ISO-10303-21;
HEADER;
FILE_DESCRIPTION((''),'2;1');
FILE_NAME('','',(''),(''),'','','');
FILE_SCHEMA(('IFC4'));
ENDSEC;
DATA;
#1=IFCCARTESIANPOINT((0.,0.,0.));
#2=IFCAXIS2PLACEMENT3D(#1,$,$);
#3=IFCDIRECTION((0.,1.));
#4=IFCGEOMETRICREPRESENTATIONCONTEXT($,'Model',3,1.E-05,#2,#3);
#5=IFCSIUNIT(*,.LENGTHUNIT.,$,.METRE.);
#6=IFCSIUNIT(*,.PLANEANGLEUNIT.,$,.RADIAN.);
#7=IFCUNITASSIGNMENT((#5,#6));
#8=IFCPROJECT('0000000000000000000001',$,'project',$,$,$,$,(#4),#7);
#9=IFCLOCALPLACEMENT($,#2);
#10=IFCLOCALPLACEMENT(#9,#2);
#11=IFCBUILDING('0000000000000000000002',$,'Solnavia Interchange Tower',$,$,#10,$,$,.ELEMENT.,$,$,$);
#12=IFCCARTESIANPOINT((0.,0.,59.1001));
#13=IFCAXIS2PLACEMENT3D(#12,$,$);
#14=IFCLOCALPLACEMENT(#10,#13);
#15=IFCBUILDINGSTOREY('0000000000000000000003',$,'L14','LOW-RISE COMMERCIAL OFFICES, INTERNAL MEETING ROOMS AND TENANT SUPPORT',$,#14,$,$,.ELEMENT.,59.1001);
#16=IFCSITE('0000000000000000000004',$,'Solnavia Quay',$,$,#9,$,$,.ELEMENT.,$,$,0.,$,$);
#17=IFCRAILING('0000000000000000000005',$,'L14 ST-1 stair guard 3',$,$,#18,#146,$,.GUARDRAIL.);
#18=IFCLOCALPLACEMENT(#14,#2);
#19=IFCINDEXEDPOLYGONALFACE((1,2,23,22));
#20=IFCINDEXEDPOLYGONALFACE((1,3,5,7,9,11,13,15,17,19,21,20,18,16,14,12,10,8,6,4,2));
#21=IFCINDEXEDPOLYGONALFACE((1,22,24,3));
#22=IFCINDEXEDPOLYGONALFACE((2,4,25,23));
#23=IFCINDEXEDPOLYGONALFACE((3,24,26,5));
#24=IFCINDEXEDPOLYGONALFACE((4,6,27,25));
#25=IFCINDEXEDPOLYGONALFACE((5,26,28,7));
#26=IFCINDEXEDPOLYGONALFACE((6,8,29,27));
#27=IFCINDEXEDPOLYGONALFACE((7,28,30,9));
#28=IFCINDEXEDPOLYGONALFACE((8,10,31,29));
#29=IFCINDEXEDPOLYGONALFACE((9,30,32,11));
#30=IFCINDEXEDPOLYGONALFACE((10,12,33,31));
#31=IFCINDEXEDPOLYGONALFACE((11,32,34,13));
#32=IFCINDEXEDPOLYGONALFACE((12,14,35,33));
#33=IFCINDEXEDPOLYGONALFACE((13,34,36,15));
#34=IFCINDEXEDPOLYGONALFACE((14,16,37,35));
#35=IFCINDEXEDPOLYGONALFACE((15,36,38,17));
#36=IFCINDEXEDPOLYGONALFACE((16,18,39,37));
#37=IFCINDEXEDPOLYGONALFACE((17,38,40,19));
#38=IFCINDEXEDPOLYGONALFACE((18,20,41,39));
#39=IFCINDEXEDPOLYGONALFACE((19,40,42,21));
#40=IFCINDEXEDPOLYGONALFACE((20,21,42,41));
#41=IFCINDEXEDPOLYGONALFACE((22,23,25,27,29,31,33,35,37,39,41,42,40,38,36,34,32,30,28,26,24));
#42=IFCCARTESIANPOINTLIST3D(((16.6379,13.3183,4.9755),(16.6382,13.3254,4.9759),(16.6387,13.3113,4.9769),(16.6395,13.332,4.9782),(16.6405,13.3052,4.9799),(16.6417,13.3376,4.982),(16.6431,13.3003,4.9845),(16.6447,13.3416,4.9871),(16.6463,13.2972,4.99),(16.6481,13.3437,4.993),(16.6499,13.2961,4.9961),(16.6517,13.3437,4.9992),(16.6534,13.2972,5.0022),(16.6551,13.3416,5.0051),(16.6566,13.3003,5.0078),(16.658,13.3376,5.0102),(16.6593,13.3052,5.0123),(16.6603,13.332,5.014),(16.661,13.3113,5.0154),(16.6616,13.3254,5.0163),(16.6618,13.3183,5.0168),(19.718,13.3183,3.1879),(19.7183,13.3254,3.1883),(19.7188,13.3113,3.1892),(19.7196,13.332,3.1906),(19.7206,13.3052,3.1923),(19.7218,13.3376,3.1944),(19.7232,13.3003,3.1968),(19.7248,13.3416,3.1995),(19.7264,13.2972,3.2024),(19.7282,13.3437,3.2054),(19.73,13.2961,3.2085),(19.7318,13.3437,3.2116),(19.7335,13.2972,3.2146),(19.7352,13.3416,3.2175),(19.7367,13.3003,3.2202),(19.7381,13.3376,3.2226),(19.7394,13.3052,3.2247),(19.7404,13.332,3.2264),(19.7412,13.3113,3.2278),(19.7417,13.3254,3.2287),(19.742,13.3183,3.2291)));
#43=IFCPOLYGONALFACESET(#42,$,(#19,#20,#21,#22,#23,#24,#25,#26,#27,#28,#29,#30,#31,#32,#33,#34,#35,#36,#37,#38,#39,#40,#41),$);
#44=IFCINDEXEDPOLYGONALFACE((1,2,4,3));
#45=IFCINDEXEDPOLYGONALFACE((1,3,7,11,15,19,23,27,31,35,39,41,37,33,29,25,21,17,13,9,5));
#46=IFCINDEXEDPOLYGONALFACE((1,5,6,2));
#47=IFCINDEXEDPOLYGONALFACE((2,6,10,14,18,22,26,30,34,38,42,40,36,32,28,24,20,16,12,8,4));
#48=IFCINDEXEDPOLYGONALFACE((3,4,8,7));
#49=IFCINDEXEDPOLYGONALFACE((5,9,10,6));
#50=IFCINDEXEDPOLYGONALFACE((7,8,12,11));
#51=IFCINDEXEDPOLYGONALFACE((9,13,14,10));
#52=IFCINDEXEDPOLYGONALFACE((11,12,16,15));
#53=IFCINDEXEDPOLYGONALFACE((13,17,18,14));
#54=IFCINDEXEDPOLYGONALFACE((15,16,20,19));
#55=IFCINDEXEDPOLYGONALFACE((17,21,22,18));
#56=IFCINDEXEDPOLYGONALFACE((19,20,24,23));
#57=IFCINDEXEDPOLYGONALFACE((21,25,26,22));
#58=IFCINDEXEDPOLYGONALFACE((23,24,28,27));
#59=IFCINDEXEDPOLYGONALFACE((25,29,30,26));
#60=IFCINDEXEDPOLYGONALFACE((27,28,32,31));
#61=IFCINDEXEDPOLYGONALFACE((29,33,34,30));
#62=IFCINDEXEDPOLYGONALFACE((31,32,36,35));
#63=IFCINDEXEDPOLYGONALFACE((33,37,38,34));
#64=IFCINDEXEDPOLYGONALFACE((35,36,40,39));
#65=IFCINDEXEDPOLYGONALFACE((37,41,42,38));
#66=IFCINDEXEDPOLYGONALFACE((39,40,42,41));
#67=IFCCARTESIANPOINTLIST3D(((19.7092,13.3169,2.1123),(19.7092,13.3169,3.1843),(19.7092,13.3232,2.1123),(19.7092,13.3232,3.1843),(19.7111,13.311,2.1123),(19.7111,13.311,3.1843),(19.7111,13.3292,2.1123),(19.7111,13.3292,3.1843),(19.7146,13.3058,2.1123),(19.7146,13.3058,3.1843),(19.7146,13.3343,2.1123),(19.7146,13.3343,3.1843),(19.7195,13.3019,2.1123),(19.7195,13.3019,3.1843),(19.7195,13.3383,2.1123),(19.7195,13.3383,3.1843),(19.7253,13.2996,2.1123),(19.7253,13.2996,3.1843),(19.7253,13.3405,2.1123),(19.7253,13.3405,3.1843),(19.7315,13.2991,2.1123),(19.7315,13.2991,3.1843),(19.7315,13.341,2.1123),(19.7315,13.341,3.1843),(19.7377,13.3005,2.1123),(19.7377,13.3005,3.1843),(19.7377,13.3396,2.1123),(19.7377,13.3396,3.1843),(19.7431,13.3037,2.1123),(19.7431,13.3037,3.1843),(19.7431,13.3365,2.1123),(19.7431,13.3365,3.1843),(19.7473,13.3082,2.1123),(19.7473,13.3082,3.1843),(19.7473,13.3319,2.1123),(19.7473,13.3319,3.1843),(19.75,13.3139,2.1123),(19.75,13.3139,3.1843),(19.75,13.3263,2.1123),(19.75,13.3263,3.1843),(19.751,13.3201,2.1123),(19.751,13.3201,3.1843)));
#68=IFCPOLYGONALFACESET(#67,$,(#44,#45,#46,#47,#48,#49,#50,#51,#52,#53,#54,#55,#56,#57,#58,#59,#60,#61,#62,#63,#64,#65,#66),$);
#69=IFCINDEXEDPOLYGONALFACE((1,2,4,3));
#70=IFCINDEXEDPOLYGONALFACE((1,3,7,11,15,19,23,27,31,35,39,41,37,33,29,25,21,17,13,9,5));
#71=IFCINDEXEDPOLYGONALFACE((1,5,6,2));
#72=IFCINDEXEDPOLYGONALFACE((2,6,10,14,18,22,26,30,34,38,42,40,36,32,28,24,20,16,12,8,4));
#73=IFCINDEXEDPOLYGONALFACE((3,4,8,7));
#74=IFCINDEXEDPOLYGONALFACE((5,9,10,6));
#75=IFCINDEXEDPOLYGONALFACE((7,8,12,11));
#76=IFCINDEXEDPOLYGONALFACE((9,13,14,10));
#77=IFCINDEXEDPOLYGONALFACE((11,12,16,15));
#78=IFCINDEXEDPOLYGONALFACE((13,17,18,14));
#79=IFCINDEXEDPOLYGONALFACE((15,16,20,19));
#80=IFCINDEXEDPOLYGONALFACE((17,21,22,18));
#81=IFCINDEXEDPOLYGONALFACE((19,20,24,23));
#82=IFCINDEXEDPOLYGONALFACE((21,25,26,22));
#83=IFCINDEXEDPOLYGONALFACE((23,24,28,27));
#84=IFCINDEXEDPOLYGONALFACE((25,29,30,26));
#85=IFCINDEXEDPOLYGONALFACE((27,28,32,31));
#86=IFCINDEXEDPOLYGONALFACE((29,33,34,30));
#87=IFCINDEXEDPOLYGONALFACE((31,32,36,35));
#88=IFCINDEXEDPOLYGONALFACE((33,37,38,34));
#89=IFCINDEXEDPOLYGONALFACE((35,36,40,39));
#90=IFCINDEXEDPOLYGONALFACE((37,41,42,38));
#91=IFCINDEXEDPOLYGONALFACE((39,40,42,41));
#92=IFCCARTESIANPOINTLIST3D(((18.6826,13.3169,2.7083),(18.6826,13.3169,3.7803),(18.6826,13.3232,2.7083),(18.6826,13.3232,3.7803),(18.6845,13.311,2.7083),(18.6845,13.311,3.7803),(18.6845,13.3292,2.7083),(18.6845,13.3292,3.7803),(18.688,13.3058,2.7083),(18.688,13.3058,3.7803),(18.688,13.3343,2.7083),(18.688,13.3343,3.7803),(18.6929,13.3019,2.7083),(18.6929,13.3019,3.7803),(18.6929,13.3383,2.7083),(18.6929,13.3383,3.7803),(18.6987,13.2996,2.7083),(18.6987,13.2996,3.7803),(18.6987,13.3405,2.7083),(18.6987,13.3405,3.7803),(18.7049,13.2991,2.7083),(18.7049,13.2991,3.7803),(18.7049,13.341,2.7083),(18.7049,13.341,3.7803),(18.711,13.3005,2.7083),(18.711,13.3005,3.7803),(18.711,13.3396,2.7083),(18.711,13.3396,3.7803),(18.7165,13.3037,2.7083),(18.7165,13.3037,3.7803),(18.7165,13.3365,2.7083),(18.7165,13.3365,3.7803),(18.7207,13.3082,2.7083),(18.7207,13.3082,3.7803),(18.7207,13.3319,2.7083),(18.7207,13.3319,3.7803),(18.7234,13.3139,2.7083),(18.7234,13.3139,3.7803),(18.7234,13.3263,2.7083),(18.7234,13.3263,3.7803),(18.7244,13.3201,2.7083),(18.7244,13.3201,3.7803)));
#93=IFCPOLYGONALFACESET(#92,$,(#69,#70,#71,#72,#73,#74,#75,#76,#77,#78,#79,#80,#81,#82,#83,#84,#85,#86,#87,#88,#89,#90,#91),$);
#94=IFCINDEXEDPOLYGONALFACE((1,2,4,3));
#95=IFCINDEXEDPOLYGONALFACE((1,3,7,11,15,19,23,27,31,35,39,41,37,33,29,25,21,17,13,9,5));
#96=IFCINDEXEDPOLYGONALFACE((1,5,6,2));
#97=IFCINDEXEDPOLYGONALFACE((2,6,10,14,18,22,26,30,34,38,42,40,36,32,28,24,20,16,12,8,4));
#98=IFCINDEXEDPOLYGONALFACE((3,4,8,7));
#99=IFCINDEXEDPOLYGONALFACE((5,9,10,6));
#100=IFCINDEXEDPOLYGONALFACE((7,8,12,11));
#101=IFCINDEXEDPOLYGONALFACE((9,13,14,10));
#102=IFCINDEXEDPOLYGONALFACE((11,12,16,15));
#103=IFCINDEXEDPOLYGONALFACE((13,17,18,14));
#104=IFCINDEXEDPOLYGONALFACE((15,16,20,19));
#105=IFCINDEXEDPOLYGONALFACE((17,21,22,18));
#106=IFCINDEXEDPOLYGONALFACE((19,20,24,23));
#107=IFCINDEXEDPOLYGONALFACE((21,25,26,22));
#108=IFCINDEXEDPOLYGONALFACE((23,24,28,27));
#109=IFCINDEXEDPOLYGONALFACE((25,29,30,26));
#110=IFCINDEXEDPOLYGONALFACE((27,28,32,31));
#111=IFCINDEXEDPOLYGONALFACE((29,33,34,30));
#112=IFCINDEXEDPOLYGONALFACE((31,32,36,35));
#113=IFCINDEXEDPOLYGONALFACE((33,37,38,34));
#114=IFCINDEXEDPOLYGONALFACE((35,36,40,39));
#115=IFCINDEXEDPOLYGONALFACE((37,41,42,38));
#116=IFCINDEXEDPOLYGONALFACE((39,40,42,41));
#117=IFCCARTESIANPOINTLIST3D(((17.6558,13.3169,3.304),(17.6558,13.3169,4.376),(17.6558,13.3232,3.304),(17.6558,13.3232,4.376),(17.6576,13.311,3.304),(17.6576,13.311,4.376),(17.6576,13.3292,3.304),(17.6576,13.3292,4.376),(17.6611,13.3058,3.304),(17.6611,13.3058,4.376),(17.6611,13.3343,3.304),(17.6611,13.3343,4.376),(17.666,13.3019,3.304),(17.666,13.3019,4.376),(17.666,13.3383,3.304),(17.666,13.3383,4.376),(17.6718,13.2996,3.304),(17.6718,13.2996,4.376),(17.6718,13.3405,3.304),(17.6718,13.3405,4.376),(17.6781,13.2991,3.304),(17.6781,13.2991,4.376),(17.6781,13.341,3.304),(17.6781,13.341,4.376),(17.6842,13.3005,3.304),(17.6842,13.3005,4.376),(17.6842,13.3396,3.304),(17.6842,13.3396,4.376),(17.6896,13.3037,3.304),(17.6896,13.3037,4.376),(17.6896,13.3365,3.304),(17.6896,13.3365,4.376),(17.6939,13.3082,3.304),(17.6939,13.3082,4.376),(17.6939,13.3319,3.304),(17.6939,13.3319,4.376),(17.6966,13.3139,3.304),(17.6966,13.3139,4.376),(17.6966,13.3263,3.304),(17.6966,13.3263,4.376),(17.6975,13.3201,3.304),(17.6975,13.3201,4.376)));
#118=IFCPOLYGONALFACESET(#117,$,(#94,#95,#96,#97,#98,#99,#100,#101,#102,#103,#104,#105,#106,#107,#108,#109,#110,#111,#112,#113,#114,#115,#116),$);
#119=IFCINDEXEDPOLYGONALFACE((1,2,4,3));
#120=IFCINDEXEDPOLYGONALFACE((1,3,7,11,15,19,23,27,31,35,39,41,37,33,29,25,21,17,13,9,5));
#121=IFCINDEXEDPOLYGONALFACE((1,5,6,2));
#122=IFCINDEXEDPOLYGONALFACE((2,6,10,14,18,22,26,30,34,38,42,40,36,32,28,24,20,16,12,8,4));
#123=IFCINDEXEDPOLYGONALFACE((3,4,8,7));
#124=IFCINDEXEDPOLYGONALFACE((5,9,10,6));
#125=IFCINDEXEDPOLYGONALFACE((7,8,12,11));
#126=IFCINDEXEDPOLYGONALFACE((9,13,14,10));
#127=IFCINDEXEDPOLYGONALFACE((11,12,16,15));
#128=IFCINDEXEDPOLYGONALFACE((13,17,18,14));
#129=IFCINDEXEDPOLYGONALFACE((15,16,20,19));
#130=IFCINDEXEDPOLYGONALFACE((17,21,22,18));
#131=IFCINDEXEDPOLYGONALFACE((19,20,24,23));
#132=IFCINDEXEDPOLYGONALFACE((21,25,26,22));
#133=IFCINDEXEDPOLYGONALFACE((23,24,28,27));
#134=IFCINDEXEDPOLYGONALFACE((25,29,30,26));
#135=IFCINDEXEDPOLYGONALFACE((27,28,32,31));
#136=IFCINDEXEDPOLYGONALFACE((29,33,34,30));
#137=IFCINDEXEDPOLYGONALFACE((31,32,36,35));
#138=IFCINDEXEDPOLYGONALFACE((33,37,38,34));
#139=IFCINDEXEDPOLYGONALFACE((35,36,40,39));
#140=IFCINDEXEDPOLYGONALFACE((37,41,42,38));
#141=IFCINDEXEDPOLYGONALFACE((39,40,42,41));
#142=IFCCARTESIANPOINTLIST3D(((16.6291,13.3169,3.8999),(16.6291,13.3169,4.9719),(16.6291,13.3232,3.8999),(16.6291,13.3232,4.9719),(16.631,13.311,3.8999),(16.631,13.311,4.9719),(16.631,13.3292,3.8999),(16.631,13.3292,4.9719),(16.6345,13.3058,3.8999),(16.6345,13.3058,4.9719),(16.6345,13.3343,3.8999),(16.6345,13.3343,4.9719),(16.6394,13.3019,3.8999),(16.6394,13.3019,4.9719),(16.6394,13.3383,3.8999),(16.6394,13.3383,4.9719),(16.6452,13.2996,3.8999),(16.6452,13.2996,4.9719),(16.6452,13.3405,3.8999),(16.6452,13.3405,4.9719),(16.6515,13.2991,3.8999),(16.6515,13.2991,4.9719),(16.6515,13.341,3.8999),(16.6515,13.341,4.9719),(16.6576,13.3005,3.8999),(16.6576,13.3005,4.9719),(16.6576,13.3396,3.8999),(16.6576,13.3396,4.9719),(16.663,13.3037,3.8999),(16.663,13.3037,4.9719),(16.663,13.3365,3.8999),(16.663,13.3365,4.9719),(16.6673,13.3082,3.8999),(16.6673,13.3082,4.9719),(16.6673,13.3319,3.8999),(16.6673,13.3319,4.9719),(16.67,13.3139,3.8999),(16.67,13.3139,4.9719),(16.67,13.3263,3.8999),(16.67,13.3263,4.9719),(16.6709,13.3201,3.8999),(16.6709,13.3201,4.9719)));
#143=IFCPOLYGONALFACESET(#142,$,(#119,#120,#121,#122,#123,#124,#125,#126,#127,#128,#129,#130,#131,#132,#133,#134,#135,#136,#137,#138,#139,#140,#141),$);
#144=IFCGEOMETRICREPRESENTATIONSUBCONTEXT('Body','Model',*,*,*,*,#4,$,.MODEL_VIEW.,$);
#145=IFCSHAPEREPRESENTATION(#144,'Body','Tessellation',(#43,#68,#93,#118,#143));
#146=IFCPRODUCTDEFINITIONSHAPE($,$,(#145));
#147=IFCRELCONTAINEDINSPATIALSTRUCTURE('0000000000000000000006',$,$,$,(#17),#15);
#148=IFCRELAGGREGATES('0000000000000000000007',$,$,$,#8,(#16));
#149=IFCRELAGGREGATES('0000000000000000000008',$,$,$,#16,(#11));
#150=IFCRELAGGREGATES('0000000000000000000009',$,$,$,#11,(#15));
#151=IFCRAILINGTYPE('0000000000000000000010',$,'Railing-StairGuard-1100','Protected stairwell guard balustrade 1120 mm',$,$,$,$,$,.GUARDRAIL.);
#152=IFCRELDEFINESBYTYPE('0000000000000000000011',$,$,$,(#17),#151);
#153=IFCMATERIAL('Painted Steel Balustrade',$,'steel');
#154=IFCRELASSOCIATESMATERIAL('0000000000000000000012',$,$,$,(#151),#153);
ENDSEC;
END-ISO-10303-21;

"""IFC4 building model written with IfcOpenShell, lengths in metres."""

from ifc_helpers import new_model, si_unit, direction, frame, origin, origin_2d, place, context, subcontext, project, spatial, circle, extrude, material, type_object, element, save


model = new_model("IFC4")

# Units and contexts
model_context = context("Model", 3, precision=1e-05, world=origin(), true_north=direction((0.0, 1.0)))
body_context = subcontext(model_context, "Body", "Model", "MODEL_VIEW")
ifc_project = project(units=[si_unit("LENGTHUNIT", "METRE"), si_unit("PLANEANGLEUNIT", "RADIAN")], contexts=[model_context])

# Site, building, storey
site_placement = place(None, origin())
site = spatial("IfcSite", under=ifc_project, at=site_placement, Name="Solnavia Quay", CompositionType="ELEMENT", RefElevation=0.0)
building_placement = place(site_placement, origin())
building = spatial("IfcBuilding", under=site, at=building_placement, Name="Solnavia Interchange Tower", CompositionType="ELEMENT")
storey_placement = place(building_placement, frame((0.0, 0.0, 59.1001)))
storey = spatial("IfcBuildingStorey", under=building, at=storey_placement, Name="L14", Description="LOW-RISE COMMERCIAL OFFICES, INTERNAL MEETING ROOMS AND TENANT SUPPORT", CompositionType="ELEMENT", Elevation=59.1001)

# Railing
ifc_material_1 = material(Name="Painted Steel Balustrade", Category="steel")
railing_type_1 = type_object("IfcRailingType", Name="Railing-StairGuard-1100", Description="Protected stairwell guard balustrade 1120 mm", PredefinedType="GUARDRAIL", material=ifc_material_1)
railing_1_placement = place(storey_placement, frame((19.73, 13.3201, 2.1123)))
element("IfcRailing", 1, at=railing_1_placement, inside=storey, type_object=railing_type_1, Name="L14 ST-1 stair guard 3", PredefinedType="GUARDRAIL", context=body_context, shape_type="SweptSolid", body=[
    extrude(circle(Radius=0.0239, at=origin_2d()), frame((0.0, 0.0, 1.0962), z_axis=(-0.864891, 0.0, 0.50196), x_axis=(0.0, -1.0, 0.0)), (0.0, 0.0, 1.0), 3.5613),
    extrude(circle(Radius=0.021, at=origin_2d()), origin(), (0.0, 0.0, 1.0), 1.072),
    extrude(circle(Radius=0.021, at=origin_2d()), frame((-1.0266, 0.0, 0.5959)), (0.0, 0.0, 1.0), 1.072),
    extrude(circle(Radius=0.021, at=origin_2d()), frame((-2.0535, 0.0, 1.1917)), (0.0, 0.0, 1.0), 1.072),
    extrude(circle(Radius=0.021, at=origin_2d()), frame((-3.0801, 0.0, 1.7876)), (0.0, 0.0, 1.0), 1.072),
])

save(model, "model.ifc")
